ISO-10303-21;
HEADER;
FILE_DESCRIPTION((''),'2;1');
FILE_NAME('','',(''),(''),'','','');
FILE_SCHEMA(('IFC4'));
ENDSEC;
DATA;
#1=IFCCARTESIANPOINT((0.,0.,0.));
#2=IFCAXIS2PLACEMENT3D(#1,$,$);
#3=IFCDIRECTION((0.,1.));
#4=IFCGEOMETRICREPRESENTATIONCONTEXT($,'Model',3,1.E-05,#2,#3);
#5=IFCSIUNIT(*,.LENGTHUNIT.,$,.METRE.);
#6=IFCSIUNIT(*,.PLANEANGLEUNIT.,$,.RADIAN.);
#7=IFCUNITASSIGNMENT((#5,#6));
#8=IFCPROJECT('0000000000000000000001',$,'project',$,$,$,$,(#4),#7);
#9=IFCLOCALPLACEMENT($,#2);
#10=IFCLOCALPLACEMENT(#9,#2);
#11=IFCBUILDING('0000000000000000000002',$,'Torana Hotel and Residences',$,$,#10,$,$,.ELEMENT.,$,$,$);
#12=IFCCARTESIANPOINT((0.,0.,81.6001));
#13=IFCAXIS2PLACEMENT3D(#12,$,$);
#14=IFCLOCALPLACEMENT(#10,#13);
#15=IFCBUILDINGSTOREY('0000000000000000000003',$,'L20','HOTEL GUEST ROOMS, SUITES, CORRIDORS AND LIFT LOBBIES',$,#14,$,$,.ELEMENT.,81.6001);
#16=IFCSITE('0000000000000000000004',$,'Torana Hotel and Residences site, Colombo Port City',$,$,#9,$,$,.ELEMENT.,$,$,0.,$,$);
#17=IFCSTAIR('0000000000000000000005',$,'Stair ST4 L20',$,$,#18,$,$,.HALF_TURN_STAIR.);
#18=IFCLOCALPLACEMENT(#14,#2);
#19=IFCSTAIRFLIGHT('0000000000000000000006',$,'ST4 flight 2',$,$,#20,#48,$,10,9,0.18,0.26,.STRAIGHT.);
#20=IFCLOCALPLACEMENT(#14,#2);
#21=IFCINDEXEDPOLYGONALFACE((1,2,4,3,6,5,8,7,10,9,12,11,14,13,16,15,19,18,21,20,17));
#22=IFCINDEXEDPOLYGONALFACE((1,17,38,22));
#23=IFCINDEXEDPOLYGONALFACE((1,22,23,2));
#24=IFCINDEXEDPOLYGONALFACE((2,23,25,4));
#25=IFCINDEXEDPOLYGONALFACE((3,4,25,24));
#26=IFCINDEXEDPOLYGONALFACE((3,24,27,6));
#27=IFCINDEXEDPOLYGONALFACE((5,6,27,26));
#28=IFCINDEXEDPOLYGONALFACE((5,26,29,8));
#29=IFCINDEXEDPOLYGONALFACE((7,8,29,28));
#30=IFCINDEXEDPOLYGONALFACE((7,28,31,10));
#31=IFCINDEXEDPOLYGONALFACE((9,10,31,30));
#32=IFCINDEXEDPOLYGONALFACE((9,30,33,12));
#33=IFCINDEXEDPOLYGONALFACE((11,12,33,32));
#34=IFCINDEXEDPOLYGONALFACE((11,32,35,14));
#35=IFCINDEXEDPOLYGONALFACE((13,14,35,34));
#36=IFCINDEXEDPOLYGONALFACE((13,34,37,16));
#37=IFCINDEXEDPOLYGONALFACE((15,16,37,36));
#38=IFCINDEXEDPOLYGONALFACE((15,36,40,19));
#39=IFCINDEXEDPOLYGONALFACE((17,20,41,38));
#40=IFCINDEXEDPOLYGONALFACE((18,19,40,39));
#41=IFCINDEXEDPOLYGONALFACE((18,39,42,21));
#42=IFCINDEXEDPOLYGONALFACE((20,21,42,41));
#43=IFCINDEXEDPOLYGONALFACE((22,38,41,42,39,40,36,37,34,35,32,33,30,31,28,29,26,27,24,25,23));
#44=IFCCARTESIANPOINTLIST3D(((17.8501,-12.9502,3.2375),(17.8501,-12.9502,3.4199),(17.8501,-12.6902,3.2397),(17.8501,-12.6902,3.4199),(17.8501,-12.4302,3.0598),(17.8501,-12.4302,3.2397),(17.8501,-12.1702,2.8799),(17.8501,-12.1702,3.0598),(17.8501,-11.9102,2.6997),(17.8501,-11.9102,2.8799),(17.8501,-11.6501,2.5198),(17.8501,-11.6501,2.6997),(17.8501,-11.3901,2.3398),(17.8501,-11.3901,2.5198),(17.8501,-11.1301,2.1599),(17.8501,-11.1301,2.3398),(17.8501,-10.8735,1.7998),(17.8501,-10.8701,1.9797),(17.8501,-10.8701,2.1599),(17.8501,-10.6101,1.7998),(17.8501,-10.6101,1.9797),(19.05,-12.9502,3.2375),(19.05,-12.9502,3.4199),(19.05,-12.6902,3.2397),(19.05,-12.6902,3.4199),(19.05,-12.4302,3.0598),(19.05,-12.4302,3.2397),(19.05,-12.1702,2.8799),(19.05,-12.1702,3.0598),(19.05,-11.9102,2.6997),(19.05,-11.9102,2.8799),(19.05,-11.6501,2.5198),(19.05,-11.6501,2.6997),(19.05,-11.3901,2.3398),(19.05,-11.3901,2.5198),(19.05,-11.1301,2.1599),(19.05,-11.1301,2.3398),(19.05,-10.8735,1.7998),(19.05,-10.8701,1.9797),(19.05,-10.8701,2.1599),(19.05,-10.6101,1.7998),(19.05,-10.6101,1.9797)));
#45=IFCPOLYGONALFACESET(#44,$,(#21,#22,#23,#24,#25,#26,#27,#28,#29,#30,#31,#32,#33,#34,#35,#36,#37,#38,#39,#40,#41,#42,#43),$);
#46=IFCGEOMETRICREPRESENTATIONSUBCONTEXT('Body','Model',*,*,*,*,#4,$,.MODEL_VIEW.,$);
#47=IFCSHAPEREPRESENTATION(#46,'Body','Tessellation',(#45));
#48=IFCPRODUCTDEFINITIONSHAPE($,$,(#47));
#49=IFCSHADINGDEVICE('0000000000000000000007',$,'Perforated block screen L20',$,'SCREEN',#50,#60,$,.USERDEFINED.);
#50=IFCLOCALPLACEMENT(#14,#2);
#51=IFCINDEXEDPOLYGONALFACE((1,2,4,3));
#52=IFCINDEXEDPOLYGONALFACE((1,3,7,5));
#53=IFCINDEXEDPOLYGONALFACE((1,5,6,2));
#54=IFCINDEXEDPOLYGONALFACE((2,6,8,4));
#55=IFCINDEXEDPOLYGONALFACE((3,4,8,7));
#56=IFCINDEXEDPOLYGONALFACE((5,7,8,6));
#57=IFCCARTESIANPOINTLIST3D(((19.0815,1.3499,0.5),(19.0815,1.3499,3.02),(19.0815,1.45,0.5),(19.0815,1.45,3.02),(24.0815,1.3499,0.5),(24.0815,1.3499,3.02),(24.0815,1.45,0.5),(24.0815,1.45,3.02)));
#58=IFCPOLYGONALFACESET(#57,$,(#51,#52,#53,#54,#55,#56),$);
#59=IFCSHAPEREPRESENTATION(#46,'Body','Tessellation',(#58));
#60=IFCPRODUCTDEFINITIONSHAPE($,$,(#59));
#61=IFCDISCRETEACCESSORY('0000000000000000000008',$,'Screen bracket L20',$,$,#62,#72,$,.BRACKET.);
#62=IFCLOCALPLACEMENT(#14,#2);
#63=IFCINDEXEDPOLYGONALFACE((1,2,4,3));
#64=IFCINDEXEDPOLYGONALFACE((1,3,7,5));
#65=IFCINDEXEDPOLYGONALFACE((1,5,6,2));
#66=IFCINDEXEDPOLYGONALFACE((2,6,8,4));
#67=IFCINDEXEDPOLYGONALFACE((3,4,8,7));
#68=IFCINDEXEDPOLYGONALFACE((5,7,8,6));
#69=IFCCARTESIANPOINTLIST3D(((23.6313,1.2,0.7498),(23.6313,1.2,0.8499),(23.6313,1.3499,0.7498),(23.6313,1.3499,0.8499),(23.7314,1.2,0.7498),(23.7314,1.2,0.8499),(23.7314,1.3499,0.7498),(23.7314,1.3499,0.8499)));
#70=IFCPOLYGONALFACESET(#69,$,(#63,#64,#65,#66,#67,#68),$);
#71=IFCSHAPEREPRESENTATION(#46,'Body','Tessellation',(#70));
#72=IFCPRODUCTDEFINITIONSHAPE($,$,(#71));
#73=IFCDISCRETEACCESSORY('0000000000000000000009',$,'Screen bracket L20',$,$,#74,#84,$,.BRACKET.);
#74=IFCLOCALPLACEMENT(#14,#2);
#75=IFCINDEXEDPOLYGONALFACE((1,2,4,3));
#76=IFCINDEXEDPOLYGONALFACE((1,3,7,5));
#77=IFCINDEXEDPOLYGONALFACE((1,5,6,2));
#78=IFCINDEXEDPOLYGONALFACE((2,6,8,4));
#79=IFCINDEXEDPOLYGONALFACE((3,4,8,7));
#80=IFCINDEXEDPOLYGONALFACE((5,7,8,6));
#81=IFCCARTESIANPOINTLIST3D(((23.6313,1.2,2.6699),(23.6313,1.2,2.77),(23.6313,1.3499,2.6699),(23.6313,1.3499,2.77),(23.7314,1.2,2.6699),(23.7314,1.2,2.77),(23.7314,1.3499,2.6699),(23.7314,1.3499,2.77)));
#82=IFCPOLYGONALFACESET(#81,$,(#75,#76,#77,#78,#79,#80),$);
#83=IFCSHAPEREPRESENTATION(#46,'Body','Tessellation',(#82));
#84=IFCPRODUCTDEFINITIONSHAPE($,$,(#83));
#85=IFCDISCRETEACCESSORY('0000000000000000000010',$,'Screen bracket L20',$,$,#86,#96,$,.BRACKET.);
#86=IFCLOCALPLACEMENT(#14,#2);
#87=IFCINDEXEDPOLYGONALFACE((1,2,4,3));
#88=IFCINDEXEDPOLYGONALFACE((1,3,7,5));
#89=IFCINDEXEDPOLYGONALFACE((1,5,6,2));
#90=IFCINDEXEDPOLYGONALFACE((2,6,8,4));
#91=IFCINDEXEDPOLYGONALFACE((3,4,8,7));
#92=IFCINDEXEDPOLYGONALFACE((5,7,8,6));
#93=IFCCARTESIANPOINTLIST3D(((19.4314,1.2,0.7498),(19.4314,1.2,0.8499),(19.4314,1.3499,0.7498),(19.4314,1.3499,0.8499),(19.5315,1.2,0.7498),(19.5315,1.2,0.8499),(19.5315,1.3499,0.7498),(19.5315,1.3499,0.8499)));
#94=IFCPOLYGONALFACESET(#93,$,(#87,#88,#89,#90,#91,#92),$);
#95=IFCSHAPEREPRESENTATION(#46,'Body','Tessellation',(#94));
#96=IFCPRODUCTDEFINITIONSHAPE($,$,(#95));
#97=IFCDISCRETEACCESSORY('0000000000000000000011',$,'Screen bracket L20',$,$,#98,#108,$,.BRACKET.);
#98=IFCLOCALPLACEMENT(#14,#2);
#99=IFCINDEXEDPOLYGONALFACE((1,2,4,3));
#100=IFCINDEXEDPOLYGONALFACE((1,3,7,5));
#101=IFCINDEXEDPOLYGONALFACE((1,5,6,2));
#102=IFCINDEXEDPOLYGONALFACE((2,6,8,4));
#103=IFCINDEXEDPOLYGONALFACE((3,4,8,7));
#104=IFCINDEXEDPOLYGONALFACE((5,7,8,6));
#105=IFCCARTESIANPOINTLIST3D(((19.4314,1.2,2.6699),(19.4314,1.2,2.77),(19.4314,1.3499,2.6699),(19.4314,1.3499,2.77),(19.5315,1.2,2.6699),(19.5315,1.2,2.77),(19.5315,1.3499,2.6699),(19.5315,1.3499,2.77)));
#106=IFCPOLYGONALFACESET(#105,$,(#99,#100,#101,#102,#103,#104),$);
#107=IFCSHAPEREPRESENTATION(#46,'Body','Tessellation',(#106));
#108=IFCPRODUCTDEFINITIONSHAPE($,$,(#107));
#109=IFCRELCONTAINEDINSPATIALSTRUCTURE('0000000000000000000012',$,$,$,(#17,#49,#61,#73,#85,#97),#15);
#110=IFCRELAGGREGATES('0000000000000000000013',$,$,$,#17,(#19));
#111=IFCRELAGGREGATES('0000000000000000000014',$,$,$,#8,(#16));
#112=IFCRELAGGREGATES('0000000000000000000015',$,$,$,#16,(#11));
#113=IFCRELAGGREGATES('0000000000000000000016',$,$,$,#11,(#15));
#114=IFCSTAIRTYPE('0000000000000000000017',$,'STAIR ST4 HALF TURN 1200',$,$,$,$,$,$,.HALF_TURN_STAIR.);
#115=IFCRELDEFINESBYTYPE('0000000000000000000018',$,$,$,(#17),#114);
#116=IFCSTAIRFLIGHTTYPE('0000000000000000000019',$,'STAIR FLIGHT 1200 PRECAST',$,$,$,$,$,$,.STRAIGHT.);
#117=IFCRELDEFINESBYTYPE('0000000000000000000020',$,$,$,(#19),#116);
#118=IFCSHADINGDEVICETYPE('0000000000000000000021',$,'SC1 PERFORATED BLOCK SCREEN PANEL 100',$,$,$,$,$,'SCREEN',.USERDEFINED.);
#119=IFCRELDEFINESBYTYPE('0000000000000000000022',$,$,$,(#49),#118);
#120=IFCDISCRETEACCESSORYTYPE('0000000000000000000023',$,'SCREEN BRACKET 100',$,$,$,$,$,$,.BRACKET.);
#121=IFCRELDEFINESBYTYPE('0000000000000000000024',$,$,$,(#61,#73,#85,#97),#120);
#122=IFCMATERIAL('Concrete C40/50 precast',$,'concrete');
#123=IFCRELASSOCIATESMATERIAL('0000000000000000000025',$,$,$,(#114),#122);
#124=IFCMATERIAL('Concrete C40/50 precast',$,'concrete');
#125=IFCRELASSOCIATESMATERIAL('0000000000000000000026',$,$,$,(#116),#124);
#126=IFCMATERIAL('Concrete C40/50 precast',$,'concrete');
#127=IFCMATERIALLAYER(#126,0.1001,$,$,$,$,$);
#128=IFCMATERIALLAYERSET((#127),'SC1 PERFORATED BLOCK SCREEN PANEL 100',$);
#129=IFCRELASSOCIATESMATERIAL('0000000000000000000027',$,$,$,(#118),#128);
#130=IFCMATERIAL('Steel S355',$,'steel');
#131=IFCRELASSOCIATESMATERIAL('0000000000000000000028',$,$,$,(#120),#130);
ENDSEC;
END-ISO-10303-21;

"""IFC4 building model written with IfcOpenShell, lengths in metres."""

from ifc_helpers import new_model, si_unit, direction, frame, origin, origin_2d, place, context, subcontext, project, spatial, polyline, rectangle, outline, extrude, material, layer, layer_set, type_object, element, aggregate, save


model = new_model("IFC4")

# Units and contexts
model_context = context("Model", 3, precision=1e-05, world=origin(), true_north=direction((0.0, 1.0)))
body_context = subcontext(model_context, "Body", "Model", "MODEL_VIEW")
ifc_project = project(units=[si_unit("LENGTHUNIT", "METRE"), si_unit("PLANEANGLEUNIT", "RADIAN")], contexts=[model_context])

# Site, building, storey
site_placement = place(None, origin())
site = spatial("IfcSite", under=ifc_project, at=site_placement, Name="Torana Hotel and Residences site, Colombo Port City", CompositionType="ELEMENT", RefElevation=0.0)
building_placement = place(site_placement, origin())
building = spatial("IfcBuilding", under=site, at=building_placement, Name="Torana Hotel and Residences", CompositionType="ELEMENT")
storey_placement = place(building_placement, frame((0.0, 0.0, 81.6001)))
storey = spatial("IfcBuildingStorey", under=building, at=storey_placement, Name="L20", Description="HOTEL GUEST ROOMS, SUITES, CORRIDORS AND LIFT LOBBIES", CompositionType="ELEMENT", Elevation=81.6001)

# Stair, stair flight
ifc_material_1 = material(Name="Concrete C40/50 precast", Category="concrete")
stair_type = type_object("IfcStairType", Name="STAIR ST4 HALF TURN 1200", PredefinedType="HALF_TURN_STAIR", material=ifc_material_1)
stair_placement = place(storey_placement, origin())
stair = element("IfcStair", 1, at=stair_placement, inside=storey, type_object=stair_type, Name="Stair ST4 L20", PredefinedType="HALF_TURN_STAIR")
ifc_material_2 = material(Name="Concrete C40/50 precast", Category="concrete")
stair_flight_type = type_object("IfcStairFlightType", Name="STAIR FLIGHT 1200 PRECAST", PredefinedType="STRAIGHT", material=ifc_material_2)
stair_flight_1_placement = place(storey_placement, frame((18.45, -10.6101, 1.7998), z_axis=(0.0, 0.0, 1.0), x_axis=(0.0, -1.0, 0.0)))
stair_flight_1 = element("IfcStairFlight", 2, at=stair_flight_1_placement, type_object=stair_flight_type, Name="ST4 flight 2", NumberOfRisers=10, NumberOfTreads=9, PredefinedType="STRAIGHT", RiserHeight=0.18, TreadLength=0.26, context=body_context, shape_type="SweptSolid", body=[
    extrude(outline(polyline([(0.0, 0.0), (0.0, 0.1799), (0.26, 0.1799), (0.26, 0.3601), (0.52, 0.3601), (0.52, 0.54), (0.78, 0.54), (0.78, 0.72), (1.04, 0.72), (1.04, 0.8999), (1.3, 0.8999), (1.3, 1.0801), (1.5601, 1.0801), (1.5601, 1.26), (1.8201, 1.26), (1.8201, 1.4399), (2.0801, 1.4399), (2.0801, 1.6201), (2.3401, 1.6201), (2.3401, 1.8), (2.3401, 1.4377), (0.2634, 0.0), (0.0, 0.0)])), frame((0.0, 0.6001, 0.0), z_axis=(0.0, -1.0, 0.0), x_axis=(1.0, 0.0, 0.0)), (0.0, 0.0, 1.0), 1.2),
])
aggregate(stair, [stair_flight_1])

# Shading device
ifc_material_3 = material(Name="Concrete C40/50 precast", Category="concrete")
ifc_layer_1 = layer(ifc_material_3, 0.1001)
ifc_layer_set_1 = layer_set([ifc_layer_1], Name="SC1 PERFORATED BLOCK SCREEN PANEL 100")
shading_device_type = type_object("IfcShadingDeviceType", Name="SC1 PERFORATED BLOCK SCREEN PANEL 100", ElementType="SCREEN", PredefinedType="USERDEFINED", material=ifc_layer_set_1)
shading_device_placement = place(storey_placement, frame((21.5815, 1.3999, 0.5), z_axis=(0.0, 0.0, 1.0), x_axis=(-1.0, 0.0, 0.0)))
element("IfcShadingDevice", 3, at=shading_device_placement, inside=storey, type_object=shading_device_type, Name="Perforated block screen L20", ObjectType="SCREEN", PredefinedType="USERDEFINED", context=body_context, shape_type="SweptSolid", body=[
    extrude(rectangle(XDim=5.0, YDim=0.1001, at=origin_2d()), origin(), (0.0, 0.0, 1.0), 2.52),
])

# Discrete accessories
ifc_material_4 = material(Name="Steel S355", Category="steel")
discrete_accessory_type = type_object("IfcDiscreteAccessoryType", Name="SCREEN BRACKET 100", PredefinedType="BRACKET", material=ifc_material_4)
for number, where, z_axis, x_axis, name in (
    (4, (23.6814, 1.2749, 0.7498), (0.0, 0.0, 1.0), (-1.0, 0.0, 0.0), "Screen bracket L20"),
    (5, (23.6814, 1.2749, 2.6699), (0.0, 0.0, 1.0), (-1.0, 0.0, 0.0), "Screen bracket L20"),
    (6, (19.4814, 1.2749, 0.7498), (0.0, 0.0, 1.0), (-1.0, 0.0, 0.0), "Screen bracket L20"),
    (7, (19.4814, 1.2749, 2.6699), (0.0, 0.0, 1.0), (-1.0, 0.0, 0.0), "Screen bracket L20"),
):
    element("IfcDiscreteAccessory", number, at=place(storey_placement, frame(where, z_axis=z_axis, x_axis=x_axis)), inside=storey, type_object=discrete_accessory_type, Name=name, PredefinedType="BRACKET", context=body_context, shape_type="SweptSolid", body=[
        extrude(rectangle(XDim=0.1001, YDim=0.1499, at=origin_2d()), origin(), (0.0, 0.0, 1.0), 0.1001),
    ])

save(model, "model.ifc")
